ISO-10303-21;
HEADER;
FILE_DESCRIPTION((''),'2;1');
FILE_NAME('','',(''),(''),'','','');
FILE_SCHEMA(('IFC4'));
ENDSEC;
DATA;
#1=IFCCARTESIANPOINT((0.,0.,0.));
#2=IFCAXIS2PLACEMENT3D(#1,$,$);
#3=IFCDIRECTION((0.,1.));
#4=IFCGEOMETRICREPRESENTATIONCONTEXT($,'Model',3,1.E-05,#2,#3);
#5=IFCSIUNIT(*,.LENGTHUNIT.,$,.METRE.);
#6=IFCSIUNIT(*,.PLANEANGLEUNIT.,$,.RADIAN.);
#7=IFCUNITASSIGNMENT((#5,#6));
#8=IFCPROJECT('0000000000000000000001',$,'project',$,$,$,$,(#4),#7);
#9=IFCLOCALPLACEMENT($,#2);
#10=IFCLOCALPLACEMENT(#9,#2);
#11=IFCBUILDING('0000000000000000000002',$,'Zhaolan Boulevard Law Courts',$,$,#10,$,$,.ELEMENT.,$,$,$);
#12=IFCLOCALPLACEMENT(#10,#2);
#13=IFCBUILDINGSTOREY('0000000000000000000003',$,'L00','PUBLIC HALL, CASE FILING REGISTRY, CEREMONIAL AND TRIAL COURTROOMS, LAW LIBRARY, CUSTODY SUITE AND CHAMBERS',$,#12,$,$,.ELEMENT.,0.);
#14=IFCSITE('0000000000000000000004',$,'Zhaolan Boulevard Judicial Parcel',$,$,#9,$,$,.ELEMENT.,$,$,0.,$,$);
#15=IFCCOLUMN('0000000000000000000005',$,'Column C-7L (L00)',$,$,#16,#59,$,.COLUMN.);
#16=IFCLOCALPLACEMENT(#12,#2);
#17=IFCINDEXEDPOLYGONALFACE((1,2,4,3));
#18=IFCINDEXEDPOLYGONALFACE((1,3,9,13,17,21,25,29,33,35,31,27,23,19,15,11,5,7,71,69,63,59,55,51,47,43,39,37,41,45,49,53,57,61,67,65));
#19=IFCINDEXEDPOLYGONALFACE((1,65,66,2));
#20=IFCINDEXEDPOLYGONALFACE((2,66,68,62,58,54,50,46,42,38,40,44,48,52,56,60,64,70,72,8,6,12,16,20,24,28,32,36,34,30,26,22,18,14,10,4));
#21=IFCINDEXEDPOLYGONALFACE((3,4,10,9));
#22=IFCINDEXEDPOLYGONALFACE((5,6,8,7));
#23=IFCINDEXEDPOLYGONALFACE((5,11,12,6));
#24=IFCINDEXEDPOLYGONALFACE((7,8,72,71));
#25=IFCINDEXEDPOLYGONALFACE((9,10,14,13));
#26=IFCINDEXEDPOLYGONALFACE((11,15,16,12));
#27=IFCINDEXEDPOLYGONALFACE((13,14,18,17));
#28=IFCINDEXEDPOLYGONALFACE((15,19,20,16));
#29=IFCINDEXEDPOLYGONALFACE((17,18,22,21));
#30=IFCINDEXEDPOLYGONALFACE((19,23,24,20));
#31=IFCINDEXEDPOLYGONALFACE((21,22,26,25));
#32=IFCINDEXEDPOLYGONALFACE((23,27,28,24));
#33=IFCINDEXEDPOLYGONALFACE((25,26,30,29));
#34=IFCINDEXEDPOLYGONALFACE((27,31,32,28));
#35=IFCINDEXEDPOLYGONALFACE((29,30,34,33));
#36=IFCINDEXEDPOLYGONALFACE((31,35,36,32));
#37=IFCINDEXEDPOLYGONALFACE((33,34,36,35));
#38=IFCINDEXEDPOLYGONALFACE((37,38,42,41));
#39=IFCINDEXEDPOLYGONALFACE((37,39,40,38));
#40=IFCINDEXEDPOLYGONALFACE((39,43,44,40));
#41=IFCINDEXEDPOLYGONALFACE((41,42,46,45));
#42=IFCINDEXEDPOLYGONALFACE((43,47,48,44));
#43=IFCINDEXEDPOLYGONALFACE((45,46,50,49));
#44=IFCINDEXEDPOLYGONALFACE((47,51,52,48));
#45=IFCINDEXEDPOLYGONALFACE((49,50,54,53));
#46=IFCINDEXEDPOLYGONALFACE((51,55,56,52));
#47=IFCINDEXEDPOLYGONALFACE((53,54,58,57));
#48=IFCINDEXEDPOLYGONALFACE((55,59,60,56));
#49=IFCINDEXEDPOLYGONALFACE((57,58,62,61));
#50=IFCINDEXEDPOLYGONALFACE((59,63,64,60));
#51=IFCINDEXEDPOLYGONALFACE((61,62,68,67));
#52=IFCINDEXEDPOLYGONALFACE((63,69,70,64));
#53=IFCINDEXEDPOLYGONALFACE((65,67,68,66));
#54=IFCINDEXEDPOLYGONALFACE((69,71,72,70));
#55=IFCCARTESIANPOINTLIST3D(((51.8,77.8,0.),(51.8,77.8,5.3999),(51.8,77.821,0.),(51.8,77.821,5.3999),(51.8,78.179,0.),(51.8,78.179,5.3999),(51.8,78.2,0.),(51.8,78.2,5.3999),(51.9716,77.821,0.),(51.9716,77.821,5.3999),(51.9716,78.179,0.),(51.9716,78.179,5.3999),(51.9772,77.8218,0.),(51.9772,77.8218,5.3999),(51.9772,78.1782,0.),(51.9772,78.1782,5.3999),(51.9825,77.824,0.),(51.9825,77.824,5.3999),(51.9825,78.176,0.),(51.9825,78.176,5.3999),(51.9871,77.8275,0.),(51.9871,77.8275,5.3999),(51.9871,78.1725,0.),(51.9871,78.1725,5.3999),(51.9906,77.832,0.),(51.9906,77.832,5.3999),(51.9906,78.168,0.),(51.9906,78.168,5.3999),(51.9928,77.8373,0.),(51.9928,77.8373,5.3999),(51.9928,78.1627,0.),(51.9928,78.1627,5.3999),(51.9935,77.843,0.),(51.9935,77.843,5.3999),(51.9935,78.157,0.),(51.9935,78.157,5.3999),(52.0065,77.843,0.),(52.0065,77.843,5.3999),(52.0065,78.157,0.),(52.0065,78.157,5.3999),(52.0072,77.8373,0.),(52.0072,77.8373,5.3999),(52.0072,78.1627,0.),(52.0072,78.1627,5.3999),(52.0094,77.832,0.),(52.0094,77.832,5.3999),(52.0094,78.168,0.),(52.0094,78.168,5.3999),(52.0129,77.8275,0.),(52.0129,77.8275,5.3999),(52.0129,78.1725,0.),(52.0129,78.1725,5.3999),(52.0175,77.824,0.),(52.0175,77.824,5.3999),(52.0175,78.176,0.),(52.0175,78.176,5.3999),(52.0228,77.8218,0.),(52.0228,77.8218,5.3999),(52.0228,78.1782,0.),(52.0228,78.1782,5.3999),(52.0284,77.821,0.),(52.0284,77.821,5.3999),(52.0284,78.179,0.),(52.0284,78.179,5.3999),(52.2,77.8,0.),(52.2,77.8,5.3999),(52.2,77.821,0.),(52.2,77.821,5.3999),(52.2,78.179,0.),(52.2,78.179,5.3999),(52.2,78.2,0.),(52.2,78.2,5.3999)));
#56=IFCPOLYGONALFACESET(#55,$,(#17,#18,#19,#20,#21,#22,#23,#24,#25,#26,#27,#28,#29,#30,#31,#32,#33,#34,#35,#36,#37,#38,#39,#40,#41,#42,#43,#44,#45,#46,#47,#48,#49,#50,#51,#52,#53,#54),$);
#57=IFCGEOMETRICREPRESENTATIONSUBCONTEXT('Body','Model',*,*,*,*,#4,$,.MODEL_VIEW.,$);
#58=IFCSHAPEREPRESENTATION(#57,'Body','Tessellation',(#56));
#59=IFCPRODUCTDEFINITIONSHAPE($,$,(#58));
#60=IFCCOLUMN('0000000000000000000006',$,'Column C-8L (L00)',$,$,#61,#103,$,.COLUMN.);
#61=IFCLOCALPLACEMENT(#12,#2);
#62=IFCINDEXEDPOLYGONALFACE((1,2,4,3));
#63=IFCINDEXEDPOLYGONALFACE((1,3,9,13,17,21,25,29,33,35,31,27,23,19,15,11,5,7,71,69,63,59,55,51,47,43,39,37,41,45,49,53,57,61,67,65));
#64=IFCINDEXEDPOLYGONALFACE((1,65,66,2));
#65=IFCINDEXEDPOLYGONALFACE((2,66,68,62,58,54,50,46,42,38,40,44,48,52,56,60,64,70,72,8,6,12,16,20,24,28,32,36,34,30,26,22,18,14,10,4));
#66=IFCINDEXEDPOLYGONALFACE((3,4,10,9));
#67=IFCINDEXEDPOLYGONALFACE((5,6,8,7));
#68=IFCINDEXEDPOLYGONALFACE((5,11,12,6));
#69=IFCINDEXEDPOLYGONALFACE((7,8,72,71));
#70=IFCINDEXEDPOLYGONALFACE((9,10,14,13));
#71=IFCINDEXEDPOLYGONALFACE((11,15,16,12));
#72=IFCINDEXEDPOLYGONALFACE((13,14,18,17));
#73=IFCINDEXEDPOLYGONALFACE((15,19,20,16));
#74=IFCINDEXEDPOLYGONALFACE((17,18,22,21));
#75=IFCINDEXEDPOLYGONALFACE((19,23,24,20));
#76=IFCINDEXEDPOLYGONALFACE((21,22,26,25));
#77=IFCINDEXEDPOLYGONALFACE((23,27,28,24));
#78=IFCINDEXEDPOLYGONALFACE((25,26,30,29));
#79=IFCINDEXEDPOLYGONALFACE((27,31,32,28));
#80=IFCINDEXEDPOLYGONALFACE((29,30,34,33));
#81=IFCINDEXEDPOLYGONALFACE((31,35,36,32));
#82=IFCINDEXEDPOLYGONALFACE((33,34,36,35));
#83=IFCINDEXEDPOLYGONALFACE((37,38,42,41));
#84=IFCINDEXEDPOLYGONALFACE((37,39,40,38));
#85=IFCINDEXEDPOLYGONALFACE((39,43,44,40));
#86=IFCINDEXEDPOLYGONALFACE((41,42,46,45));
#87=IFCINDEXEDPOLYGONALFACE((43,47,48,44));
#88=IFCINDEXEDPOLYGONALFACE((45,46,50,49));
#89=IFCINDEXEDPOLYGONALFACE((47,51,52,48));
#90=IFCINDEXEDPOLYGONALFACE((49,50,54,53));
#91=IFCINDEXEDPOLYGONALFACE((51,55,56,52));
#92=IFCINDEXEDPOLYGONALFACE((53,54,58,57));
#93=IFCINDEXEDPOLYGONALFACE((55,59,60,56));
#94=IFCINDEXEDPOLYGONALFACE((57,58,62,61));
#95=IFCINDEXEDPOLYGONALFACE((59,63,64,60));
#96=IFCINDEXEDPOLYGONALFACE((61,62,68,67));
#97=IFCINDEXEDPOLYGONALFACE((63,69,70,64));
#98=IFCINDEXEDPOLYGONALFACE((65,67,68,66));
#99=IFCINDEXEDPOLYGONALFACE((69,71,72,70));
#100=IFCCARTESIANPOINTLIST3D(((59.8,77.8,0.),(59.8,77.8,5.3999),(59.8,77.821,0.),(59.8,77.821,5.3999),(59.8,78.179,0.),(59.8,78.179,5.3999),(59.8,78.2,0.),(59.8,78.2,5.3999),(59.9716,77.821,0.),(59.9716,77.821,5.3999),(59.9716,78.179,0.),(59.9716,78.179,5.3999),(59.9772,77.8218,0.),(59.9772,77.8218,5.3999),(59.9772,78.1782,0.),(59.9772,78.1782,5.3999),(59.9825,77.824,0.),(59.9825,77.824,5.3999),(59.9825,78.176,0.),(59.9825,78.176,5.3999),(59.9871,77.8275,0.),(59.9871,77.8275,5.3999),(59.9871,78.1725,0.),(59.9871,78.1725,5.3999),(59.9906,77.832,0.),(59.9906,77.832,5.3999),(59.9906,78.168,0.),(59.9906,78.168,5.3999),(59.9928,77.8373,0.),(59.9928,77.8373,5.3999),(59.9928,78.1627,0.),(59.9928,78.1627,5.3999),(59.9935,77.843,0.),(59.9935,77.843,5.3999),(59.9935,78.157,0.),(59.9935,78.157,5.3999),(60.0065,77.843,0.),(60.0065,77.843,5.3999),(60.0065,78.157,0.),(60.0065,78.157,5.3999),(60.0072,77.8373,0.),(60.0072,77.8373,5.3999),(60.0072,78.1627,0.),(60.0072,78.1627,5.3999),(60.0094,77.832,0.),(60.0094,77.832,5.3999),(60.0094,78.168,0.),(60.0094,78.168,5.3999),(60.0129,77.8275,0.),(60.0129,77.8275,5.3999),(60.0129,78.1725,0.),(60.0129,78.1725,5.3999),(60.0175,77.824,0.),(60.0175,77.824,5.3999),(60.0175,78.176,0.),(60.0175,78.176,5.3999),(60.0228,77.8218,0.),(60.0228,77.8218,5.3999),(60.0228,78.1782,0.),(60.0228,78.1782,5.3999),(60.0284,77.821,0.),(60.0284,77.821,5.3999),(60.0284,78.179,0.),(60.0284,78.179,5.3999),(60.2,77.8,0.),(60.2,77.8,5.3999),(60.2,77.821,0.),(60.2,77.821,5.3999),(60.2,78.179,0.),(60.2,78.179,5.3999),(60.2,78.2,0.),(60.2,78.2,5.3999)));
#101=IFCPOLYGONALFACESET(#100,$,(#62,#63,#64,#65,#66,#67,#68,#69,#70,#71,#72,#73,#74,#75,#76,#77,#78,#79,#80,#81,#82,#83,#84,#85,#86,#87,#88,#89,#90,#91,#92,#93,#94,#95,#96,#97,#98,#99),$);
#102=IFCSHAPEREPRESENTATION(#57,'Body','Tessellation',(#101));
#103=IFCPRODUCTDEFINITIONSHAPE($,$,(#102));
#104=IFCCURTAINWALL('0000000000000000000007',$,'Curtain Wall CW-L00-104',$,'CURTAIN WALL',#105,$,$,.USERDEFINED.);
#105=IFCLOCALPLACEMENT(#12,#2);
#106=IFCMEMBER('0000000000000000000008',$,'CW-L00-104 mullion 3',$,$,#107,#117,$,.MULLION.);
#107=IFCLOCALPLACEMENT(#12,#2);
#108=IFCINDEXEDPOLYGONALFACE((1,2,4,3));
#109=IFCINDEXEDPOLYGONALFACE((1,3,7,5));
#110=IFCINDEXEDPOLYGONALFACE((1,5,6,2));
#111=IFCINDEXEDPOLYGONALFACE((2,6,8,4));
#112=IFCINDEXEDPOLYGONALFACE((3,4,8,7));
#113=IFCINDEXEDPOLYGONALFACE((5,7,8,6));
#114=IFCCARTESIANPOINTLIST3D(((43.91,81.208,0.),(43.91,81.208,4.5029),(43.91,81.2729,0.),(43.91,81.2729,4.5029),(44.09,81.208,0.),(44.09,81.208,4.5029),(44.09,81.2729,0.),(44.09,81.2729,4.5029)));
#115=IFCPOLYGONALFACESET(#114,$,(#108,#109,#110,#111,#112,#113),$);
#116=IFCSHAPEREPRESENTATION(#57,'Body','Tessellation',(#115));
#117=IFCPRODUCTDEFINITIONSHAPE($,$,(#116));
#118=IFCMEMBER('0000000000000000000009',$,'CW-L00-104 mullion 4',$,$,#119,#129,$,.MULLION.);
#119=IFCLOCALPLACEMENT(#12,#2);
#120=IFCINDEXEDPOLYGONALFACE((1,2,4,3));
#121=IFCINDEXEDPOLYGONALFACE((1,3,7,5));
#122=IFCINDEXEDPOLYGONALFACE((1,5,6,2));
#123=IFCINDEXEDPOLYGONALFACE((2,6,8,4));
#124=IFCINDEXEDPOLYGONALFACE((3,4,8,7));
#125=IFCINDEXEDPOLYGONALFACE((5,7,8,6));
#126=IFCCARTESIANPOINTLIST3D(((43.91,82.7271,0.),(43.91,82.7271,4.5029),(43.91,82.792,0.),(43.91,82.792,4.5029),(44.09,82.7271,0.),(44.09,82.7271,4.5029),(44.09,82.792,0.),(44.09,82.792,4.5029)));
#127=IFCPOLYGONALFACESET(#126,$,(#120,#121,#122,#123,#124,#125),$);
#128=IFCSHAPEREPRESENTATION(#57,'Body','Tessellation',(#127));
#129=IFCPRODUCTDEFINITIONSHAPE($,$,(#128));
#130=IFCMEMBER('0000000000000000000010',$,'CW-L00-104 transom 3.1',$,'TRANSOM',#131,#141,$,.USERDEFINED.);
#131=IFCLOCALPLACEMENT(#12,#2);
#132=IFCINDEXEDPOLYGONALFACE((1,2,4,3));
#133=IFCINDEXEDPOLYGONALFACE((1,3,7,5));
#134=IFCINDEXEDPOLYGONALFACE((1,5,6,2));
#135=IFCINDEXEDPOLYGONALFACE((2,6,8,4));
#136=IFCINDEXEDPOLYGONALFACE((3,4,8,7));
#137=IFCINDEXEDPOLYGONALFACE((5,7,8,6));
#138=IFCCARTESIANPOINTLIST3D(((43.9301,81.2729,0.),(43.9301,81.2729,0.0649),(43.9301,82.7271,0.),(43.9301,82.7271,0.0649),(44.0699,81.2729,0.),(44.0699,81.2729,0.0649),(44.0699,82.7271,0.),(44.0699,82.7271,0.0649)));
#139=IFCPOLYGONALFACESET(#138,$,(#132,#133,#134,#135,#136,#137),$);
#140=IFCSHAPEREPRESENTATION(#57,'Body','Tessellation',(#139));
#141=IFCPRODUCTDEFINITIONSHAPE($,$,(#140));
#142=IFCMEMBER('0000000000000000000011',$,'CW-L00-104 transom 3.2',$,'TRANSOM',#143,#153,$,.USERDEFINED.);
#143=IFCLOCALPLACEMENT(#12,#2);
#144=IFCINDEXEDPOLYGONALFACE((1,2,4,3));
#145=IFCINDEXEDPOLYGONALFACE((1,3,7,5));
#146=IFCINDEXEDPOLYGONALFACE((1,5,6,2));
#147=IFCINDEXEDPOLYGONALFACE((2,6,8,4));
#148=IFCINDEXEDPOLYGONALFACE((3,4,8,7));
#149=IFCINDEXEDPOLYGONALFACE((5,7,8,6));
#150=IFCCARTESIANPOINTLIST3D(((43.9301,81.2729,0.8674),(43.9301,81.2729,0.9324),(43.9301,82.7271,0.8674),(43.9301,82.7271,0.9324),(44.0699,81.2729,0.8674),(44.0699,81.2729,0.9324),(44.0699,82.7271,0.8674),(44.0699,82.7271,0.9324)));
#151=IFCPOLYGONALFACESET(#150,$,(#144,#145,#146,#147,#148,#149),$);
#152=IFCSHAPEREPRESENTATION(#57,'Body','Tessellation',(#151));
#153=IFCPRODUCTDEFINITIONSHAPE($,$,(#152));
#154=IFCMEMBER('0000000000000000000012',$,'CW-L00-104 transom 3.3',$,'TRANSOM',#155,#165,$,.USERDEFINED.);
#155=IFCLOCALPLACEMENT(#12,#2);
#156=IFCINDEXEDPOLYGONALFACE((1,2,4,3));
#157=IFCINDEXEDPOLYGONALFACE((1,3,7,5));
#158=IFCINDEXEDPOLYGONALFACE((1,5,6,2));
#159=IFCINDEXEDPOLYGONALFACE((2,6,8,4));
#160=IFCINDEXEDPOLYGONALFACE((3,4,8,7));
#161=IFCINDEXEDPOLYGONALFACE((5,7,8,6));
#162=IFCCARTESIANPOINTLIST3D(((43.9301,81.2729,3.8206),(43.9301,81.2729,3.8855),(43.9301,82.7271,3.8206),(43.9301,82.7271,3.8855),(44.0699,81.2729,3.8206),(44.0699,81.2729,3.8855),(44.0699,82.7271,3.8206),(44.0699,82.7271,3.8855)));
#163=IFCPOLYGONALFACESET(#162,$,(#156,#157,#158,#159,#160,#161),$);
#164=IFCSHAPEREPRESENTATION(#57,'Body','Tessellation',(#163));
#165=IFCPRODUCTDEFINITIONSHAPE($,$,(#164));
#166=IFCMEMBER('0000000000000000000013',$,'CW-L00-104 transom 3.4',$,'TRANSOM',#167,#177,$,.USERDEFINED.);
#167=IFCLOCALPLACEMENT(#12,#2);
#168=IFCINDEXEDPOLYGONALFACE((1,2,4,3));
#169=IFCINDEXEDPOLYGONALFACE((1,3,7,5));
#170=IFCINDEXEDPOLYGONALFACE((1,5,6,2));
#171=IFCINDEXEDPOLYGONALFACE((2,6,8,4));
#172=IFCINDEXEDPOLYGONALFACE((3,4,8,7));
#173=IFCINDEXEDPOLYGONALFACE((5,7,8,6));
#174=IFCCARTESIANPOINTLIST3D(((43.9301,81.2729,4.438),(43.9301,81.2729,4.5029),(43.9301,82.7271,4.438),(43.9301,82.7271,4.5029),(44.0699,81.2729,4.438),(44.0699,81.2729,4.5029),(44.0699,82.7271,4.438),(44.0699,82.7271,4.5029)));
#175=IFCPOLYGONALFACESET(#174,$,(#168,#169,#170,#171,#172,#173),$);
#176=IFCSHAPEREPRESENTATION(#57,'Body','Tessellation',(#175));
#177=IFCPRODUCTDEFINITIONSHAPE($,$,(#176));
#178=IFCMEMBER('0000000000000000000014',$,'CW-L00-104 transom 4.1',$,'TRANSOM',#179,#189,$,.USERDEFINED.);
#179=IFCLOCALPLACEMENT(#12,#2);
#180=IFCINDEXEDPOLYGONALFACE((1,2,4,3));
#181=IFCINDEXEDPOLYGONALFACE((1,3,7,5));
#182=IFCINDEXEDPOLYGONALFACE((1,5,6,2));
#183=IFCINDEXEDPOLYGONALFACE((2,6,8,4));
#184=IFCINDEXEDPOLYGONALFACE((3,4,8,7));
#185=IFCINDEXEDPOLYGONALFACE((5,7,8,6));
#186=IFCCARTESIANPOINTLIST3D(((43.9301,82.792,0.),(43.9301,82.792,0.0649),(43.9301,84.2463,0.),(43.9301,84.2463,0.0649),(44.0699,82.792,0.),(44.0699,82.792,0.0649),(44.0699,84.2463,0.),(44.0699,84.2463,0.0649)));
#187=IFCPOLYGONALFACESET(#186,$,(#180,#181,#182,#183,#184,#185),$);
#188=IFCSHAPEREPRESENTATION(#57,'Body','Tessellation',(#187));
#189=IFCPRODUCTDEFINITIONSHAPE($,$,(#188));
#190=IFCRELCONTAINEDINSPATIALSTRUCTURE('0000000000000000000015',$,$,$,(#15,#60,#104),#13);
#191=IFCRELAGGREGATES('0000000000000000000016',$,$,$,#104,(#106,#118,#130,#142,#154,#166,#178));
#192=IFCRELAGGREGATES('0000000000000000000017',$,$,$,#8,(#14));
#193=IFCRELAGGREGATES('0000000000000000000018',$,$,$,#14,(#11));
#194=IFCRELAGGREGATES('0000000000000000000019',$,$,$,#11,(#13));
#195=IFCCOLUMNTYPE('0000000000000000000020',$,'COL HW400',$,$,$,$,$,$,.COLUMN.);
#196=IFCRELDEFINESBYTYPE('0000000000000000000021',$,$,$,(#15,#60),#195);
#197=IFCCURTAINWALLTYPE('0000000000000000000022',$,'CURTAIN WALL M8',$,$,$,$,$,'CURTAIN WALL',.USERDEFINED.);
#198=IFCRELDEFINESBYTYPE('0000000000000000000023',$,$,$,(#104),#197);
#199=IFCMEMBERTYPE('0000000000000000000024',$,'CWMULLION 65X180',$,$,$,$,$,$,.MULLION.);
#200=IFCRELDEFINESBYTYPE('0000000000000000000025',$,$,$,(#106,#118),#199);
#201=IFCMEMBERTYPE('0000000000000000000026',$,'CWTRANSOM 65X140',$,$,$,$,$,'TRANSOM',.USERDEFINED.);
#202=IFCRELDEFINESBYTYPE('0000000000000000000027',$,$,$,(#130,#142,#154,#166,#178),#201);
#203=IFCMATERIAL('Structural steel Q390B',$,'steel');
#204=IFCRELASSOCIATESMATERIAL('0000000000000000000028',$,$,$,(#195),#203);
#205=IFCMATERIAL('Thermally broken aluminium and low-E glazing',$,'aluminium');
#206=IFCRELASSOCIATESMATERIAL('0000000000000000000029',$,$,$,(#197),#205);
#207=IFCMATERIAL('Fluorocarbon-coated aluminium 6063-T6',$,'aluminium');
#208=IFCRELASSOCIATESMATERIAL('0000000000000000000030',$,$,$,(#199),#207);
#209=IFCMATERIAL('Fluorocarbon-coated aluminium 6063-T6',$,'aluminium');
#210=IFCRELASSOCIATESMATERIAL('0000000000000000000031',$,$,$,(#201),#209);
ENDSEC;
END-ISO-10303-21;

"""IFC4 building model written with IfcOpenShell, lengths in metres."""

from ifc_helpers import new_model, si_unit, direction, frame, origin, origin_2d, place, context, subcontext, project, spatial, rectangle, i_section, extrude, material, material_profile, profile_set, type_object, element, aggregate, save


model = new_model("IFC4")

# Units and contexts
model_context = context("Model", 3, precision=1e-05, world=origin(), true_north=direction((0.0, 1.0)))
body_context = subcontext(model_context, "Body", "Model", "MODEL_VIEW")
ifc_project = project(units=[si_unit("LENGTHUNIT", "METRE"), si_unit("PLANEANGLEUNIT", "RADIAN")], contexts=[model_context])

# Site, building, storey
site_placement = place(None, origin())
site = spatial("IfcSite", under=ifc_project, at=site_placement, Name="Zhaolan Boulevard Judicial Parcel", CompositionType="ELEMENT", RefElevation=0.0)
building_placement = place(site_placement, origin())
building = spatial("IfcBuilding", under=site, at=building_placement, Name="Zhaolan Boulevard Law Courts", CompositionType="ELEMENT")
storey_placement = place(building_placement, origin())
storey = spatial("IfcBuildingStorey", under=building, at=storey_placement, Name="L00", Description="PUBLIC HALL, CASE FILING REGISTRY, CEREMONIAL AND TRIAL COURTROOMS, LAW LIBRARY, CUSTODY SUITE AND CHAMBERS", CompositionType="ELEMENT", Elevation=0.0)

# Columns
ifc_material_1 = material(Name="Structural steel Q390B", Category="steel")
ifc_material_profile_1 = material_profile(ifc_material_1, i_section(OverallWidth=0.3999, OverallDepth=0.3999, WebThickness=0.0129, FlangeThickness=0.021, FilletRadius=0.022, at=origin_2d()), Name="HW400x400")
ifc_profile_set_1 = profile_set([ifc_material_profile_1], Name="Structural steel Q390B")
column_type = type_object("IfcColumnType", Name="COL HW400", PredefinedType="COLUMN", material=ifc_profile_set_1)
for number, where, z_axis, x_axis, name in (
    (1, (52.0, 78.0, 0.0), (0.0, 0.0, 1.0), (1.0, 0.0, 0.0), "Column C-7L (L00)"),
    (2, (60.0, 78.0, 0.0), (0.0, 0.0, 1.0), (1.0, 0.0, 0.0), "Column C-8L (L00)"),
):
    element("IfcColumn", number, at=place(storey_placement, frame(where, z_axis=z_axis, x_axis=x_axis)), inside=storey, type_object=column_type, Name=name, PredefinedType="COLUMN", context=body_context, shape_type="SweptSolid", body=[
        extrude(i_section(OverallWidth=0.3999, OverallDepth=0.3999, WebThickness=0.0129, FlangeThickness=0.021, FilletRadius=0.022, at=origin_2d()), origin(), (0.0, 0.0, 1.0), 5.3999),
    ])

# Curtain wall, members
ifc_material_2 = material(Name="Thermally broken aluminium and low-E glazing", Category="aluminium")
curtain_wall_type = type_object("IfcCurtainWallType", Name="CURTAIN WALL M8", ElementType="CURTAIN WALL", PredefinedType="USERDEFINED", material=ifc_material_2)
curtain_wall_placement = place(storey_placement, origin())
curtain_wall = element("IfcCurtainWall", 3, at=curtain_wall_placement, inside=storey, type_object=curtain_wall_type, Name="Curtain Wall CW-L00-104", ObjectType="CURTAIN WALL", PredefinedType="USERDEFINED")
ifc_material_3 = material(Name="Fluorocarbon-coated aluminium 6063-T6", Category="aluminium")
ifc_material_profile_2 = material_profile(ifc_material_3, rectangle(XDim=0.1799, YDim=0.0649, at=origin_2d()), Name="AL65x180")
ifc_profile_set_2 = profile_set([ifc_material_profile_2], Name="Fluorocarbon-coated aluminium 6063-T6")
member_type_1 = type_object("IfcMemberType", Name="CWMULLION 65X180", PredefinedType="MULLION", material=ifc_profile_set_2)
member_1_placement = place(storey_placement, frame((44.0, 81.2405, 0.0), z_axis=(0.0, 0.0, 1.0), x_axis=(-1.0, 0.0, 0.0)))
member_1 = element("IfcMember", 4, at=member_1_placement, type_object=member_type_1, Name="CW-L00-104 mullion 3", PredefinedType="MULLION", context=body_context, shape_type="SweptSolid", body=[
    extrude(rectangle(XDim=0.1799, YDim=0.0649, at=origin_2d()), origin(), (0.0, 0.0, 1.0), 4.5029),
])
member_2_placement = place(storey_placement, frame((44.0, 82.7595, 0.0), z_axis=(0.0, 0.0, 1.0), x_axis=(-1.0, 0.0, 0.0)))
member_2 = element("IfcMember", 5, at=member_2_placement, type_object=member_type_1, Name="CW-L00-104 mullion 4", PredefinedType="MULLION", context=body_context, shape_type="SweptSolid", body=[
    extrude(rectangle(XDim=0.1799, YDim=0.0649, at=origin_2d()), origin(), (0.0, 0.0, 1.0), 4.5029),
])
ifc_material_4 = material(Name="Fluorocarbon-coated aluminium 6063-T6", Category="aluminium")
ifc_material_profile_3 = material_profile(ifc_material_4, rectangle(XDim=0.1399, YDim=0.0649, at=origin_2d()), Name="AL65x140")
ifc_profile_set_3 = profile_set([ifc_material_profile_3], Name="Fluorocarbon-coated aluminium 6063-T6")
member_type_2 = type_object("IfcMemberType", Name="CWTRANSOM 65X140", ElementType="TRANSOM", PredefinedType="USERDEFINED", material=ifc_profile_set_3)
member_3_placement = place(storey_placement, frame((44.0, 81.2729, 0.0325), z_axis=(0.0, 1.0, 0.0), x_axis=(-1.0, 0.0, 0.0)))
member_3 = element("IfcMember", 6, at=member_3_placement, type_object=member_type_2, Name="CW-L00-104 transom 3.1", ObjectType="TRANSOM", PredefinedType="USERDEFINED", context=body_context, shape_type="SweptSolid", body=[
    extrude(rectangle(XDim=0.1399, YDim=0.0649, at=origin_2d()), origin(), (0.0, 0.0, 1.0), 1.4541),
])
member_4_placement = place(storey_placement, frame((44.0, 81.2729, 0.8999), z_axis=(0.0, 1.0, 0.0), x_axis=(-1.0, 0.0, 0.0)))
member_4 = element("IfcMember", 7, at=member_4_placement, type_object=member_type_2, Name="CW-L00-104 transom 3.2", ObjectType="TRANSOM", PredefinedType="USERDEFINED", context=body_context, shape_type="SweptSolid", body=[
    extrude(rectangle(XDim=0.1399, YDim=0.0649, at=origin_2d()), origin(), (0.0, 0.0, 1.0), 1.4541),
])
member_5_placement = place(storey_placement, frame((44.0, 81.2729, 3.853), z_axis=(0.0, 1.0, 0.0), x_axis=(-1.0, 0.0, 0.0)))
member_5 = element("IfcMember", 8, at=member_5_placement, type_object=member_type_2, Name="CW-L00-104 transom 3.3", ObjectType="TRANSOM", PredefinedType="USERDEFINED", context=body_context, shape_type="SweptSolid", body=[
    extrude(rectangle(XDim=0.1399, YDim=0.0649, at=origin_2d()), origin(), (0.0, 0.0, 1.0), 1.4541),
])
member_6_placement = place(storey_placement, frame((44.0, 81.2729, 4.4705), z_axis=(0.0, 1.0, 0.0), x_axis=(-1.0, 0.0, 0.0)))
member_6 = element("IfcMember", 9, at=member_6_placement, type_object=member_type_2, Name="CW-L00-104 transom 3.4", ObjectType="TRANSOM", PredefinedType="USERDEFINED", context=body_context, shape_type="SweptSolid", body=[
    extrude(rectangle(XDim=0.1399, YDim=0.0649, at=origin_2d()), origin(), (0.0, 0.0, 1.0), 1.4541),
])
member_7_placement = place(storey_placement, frame((44.0, 82.792, 0.0325), z_axis=(0.0, 1.0, 0.0), x_axis=(-1.0, 0.0, 0.0)))
member_7 = element("IfcMember", 10, at=member_7_placement, type_object=member_type_2, Name="CW-L00-104 transom 4.1", ObjectType="TRANSOM", PredefinedType="USERDEFINED", context=body_context, shape_type="SweptSolid", body=[
    extrude(rectangle(XDim=0.1399, YDim=0.0649, at=origin_2d()), origin(), (0.0, 0.0, 1.0), 1.4543),
])

aggregate(curtain_wall, [member_1, member_2, member_3, member_4, member_5, member_6, member_7])

save(model, "model.ifc")
